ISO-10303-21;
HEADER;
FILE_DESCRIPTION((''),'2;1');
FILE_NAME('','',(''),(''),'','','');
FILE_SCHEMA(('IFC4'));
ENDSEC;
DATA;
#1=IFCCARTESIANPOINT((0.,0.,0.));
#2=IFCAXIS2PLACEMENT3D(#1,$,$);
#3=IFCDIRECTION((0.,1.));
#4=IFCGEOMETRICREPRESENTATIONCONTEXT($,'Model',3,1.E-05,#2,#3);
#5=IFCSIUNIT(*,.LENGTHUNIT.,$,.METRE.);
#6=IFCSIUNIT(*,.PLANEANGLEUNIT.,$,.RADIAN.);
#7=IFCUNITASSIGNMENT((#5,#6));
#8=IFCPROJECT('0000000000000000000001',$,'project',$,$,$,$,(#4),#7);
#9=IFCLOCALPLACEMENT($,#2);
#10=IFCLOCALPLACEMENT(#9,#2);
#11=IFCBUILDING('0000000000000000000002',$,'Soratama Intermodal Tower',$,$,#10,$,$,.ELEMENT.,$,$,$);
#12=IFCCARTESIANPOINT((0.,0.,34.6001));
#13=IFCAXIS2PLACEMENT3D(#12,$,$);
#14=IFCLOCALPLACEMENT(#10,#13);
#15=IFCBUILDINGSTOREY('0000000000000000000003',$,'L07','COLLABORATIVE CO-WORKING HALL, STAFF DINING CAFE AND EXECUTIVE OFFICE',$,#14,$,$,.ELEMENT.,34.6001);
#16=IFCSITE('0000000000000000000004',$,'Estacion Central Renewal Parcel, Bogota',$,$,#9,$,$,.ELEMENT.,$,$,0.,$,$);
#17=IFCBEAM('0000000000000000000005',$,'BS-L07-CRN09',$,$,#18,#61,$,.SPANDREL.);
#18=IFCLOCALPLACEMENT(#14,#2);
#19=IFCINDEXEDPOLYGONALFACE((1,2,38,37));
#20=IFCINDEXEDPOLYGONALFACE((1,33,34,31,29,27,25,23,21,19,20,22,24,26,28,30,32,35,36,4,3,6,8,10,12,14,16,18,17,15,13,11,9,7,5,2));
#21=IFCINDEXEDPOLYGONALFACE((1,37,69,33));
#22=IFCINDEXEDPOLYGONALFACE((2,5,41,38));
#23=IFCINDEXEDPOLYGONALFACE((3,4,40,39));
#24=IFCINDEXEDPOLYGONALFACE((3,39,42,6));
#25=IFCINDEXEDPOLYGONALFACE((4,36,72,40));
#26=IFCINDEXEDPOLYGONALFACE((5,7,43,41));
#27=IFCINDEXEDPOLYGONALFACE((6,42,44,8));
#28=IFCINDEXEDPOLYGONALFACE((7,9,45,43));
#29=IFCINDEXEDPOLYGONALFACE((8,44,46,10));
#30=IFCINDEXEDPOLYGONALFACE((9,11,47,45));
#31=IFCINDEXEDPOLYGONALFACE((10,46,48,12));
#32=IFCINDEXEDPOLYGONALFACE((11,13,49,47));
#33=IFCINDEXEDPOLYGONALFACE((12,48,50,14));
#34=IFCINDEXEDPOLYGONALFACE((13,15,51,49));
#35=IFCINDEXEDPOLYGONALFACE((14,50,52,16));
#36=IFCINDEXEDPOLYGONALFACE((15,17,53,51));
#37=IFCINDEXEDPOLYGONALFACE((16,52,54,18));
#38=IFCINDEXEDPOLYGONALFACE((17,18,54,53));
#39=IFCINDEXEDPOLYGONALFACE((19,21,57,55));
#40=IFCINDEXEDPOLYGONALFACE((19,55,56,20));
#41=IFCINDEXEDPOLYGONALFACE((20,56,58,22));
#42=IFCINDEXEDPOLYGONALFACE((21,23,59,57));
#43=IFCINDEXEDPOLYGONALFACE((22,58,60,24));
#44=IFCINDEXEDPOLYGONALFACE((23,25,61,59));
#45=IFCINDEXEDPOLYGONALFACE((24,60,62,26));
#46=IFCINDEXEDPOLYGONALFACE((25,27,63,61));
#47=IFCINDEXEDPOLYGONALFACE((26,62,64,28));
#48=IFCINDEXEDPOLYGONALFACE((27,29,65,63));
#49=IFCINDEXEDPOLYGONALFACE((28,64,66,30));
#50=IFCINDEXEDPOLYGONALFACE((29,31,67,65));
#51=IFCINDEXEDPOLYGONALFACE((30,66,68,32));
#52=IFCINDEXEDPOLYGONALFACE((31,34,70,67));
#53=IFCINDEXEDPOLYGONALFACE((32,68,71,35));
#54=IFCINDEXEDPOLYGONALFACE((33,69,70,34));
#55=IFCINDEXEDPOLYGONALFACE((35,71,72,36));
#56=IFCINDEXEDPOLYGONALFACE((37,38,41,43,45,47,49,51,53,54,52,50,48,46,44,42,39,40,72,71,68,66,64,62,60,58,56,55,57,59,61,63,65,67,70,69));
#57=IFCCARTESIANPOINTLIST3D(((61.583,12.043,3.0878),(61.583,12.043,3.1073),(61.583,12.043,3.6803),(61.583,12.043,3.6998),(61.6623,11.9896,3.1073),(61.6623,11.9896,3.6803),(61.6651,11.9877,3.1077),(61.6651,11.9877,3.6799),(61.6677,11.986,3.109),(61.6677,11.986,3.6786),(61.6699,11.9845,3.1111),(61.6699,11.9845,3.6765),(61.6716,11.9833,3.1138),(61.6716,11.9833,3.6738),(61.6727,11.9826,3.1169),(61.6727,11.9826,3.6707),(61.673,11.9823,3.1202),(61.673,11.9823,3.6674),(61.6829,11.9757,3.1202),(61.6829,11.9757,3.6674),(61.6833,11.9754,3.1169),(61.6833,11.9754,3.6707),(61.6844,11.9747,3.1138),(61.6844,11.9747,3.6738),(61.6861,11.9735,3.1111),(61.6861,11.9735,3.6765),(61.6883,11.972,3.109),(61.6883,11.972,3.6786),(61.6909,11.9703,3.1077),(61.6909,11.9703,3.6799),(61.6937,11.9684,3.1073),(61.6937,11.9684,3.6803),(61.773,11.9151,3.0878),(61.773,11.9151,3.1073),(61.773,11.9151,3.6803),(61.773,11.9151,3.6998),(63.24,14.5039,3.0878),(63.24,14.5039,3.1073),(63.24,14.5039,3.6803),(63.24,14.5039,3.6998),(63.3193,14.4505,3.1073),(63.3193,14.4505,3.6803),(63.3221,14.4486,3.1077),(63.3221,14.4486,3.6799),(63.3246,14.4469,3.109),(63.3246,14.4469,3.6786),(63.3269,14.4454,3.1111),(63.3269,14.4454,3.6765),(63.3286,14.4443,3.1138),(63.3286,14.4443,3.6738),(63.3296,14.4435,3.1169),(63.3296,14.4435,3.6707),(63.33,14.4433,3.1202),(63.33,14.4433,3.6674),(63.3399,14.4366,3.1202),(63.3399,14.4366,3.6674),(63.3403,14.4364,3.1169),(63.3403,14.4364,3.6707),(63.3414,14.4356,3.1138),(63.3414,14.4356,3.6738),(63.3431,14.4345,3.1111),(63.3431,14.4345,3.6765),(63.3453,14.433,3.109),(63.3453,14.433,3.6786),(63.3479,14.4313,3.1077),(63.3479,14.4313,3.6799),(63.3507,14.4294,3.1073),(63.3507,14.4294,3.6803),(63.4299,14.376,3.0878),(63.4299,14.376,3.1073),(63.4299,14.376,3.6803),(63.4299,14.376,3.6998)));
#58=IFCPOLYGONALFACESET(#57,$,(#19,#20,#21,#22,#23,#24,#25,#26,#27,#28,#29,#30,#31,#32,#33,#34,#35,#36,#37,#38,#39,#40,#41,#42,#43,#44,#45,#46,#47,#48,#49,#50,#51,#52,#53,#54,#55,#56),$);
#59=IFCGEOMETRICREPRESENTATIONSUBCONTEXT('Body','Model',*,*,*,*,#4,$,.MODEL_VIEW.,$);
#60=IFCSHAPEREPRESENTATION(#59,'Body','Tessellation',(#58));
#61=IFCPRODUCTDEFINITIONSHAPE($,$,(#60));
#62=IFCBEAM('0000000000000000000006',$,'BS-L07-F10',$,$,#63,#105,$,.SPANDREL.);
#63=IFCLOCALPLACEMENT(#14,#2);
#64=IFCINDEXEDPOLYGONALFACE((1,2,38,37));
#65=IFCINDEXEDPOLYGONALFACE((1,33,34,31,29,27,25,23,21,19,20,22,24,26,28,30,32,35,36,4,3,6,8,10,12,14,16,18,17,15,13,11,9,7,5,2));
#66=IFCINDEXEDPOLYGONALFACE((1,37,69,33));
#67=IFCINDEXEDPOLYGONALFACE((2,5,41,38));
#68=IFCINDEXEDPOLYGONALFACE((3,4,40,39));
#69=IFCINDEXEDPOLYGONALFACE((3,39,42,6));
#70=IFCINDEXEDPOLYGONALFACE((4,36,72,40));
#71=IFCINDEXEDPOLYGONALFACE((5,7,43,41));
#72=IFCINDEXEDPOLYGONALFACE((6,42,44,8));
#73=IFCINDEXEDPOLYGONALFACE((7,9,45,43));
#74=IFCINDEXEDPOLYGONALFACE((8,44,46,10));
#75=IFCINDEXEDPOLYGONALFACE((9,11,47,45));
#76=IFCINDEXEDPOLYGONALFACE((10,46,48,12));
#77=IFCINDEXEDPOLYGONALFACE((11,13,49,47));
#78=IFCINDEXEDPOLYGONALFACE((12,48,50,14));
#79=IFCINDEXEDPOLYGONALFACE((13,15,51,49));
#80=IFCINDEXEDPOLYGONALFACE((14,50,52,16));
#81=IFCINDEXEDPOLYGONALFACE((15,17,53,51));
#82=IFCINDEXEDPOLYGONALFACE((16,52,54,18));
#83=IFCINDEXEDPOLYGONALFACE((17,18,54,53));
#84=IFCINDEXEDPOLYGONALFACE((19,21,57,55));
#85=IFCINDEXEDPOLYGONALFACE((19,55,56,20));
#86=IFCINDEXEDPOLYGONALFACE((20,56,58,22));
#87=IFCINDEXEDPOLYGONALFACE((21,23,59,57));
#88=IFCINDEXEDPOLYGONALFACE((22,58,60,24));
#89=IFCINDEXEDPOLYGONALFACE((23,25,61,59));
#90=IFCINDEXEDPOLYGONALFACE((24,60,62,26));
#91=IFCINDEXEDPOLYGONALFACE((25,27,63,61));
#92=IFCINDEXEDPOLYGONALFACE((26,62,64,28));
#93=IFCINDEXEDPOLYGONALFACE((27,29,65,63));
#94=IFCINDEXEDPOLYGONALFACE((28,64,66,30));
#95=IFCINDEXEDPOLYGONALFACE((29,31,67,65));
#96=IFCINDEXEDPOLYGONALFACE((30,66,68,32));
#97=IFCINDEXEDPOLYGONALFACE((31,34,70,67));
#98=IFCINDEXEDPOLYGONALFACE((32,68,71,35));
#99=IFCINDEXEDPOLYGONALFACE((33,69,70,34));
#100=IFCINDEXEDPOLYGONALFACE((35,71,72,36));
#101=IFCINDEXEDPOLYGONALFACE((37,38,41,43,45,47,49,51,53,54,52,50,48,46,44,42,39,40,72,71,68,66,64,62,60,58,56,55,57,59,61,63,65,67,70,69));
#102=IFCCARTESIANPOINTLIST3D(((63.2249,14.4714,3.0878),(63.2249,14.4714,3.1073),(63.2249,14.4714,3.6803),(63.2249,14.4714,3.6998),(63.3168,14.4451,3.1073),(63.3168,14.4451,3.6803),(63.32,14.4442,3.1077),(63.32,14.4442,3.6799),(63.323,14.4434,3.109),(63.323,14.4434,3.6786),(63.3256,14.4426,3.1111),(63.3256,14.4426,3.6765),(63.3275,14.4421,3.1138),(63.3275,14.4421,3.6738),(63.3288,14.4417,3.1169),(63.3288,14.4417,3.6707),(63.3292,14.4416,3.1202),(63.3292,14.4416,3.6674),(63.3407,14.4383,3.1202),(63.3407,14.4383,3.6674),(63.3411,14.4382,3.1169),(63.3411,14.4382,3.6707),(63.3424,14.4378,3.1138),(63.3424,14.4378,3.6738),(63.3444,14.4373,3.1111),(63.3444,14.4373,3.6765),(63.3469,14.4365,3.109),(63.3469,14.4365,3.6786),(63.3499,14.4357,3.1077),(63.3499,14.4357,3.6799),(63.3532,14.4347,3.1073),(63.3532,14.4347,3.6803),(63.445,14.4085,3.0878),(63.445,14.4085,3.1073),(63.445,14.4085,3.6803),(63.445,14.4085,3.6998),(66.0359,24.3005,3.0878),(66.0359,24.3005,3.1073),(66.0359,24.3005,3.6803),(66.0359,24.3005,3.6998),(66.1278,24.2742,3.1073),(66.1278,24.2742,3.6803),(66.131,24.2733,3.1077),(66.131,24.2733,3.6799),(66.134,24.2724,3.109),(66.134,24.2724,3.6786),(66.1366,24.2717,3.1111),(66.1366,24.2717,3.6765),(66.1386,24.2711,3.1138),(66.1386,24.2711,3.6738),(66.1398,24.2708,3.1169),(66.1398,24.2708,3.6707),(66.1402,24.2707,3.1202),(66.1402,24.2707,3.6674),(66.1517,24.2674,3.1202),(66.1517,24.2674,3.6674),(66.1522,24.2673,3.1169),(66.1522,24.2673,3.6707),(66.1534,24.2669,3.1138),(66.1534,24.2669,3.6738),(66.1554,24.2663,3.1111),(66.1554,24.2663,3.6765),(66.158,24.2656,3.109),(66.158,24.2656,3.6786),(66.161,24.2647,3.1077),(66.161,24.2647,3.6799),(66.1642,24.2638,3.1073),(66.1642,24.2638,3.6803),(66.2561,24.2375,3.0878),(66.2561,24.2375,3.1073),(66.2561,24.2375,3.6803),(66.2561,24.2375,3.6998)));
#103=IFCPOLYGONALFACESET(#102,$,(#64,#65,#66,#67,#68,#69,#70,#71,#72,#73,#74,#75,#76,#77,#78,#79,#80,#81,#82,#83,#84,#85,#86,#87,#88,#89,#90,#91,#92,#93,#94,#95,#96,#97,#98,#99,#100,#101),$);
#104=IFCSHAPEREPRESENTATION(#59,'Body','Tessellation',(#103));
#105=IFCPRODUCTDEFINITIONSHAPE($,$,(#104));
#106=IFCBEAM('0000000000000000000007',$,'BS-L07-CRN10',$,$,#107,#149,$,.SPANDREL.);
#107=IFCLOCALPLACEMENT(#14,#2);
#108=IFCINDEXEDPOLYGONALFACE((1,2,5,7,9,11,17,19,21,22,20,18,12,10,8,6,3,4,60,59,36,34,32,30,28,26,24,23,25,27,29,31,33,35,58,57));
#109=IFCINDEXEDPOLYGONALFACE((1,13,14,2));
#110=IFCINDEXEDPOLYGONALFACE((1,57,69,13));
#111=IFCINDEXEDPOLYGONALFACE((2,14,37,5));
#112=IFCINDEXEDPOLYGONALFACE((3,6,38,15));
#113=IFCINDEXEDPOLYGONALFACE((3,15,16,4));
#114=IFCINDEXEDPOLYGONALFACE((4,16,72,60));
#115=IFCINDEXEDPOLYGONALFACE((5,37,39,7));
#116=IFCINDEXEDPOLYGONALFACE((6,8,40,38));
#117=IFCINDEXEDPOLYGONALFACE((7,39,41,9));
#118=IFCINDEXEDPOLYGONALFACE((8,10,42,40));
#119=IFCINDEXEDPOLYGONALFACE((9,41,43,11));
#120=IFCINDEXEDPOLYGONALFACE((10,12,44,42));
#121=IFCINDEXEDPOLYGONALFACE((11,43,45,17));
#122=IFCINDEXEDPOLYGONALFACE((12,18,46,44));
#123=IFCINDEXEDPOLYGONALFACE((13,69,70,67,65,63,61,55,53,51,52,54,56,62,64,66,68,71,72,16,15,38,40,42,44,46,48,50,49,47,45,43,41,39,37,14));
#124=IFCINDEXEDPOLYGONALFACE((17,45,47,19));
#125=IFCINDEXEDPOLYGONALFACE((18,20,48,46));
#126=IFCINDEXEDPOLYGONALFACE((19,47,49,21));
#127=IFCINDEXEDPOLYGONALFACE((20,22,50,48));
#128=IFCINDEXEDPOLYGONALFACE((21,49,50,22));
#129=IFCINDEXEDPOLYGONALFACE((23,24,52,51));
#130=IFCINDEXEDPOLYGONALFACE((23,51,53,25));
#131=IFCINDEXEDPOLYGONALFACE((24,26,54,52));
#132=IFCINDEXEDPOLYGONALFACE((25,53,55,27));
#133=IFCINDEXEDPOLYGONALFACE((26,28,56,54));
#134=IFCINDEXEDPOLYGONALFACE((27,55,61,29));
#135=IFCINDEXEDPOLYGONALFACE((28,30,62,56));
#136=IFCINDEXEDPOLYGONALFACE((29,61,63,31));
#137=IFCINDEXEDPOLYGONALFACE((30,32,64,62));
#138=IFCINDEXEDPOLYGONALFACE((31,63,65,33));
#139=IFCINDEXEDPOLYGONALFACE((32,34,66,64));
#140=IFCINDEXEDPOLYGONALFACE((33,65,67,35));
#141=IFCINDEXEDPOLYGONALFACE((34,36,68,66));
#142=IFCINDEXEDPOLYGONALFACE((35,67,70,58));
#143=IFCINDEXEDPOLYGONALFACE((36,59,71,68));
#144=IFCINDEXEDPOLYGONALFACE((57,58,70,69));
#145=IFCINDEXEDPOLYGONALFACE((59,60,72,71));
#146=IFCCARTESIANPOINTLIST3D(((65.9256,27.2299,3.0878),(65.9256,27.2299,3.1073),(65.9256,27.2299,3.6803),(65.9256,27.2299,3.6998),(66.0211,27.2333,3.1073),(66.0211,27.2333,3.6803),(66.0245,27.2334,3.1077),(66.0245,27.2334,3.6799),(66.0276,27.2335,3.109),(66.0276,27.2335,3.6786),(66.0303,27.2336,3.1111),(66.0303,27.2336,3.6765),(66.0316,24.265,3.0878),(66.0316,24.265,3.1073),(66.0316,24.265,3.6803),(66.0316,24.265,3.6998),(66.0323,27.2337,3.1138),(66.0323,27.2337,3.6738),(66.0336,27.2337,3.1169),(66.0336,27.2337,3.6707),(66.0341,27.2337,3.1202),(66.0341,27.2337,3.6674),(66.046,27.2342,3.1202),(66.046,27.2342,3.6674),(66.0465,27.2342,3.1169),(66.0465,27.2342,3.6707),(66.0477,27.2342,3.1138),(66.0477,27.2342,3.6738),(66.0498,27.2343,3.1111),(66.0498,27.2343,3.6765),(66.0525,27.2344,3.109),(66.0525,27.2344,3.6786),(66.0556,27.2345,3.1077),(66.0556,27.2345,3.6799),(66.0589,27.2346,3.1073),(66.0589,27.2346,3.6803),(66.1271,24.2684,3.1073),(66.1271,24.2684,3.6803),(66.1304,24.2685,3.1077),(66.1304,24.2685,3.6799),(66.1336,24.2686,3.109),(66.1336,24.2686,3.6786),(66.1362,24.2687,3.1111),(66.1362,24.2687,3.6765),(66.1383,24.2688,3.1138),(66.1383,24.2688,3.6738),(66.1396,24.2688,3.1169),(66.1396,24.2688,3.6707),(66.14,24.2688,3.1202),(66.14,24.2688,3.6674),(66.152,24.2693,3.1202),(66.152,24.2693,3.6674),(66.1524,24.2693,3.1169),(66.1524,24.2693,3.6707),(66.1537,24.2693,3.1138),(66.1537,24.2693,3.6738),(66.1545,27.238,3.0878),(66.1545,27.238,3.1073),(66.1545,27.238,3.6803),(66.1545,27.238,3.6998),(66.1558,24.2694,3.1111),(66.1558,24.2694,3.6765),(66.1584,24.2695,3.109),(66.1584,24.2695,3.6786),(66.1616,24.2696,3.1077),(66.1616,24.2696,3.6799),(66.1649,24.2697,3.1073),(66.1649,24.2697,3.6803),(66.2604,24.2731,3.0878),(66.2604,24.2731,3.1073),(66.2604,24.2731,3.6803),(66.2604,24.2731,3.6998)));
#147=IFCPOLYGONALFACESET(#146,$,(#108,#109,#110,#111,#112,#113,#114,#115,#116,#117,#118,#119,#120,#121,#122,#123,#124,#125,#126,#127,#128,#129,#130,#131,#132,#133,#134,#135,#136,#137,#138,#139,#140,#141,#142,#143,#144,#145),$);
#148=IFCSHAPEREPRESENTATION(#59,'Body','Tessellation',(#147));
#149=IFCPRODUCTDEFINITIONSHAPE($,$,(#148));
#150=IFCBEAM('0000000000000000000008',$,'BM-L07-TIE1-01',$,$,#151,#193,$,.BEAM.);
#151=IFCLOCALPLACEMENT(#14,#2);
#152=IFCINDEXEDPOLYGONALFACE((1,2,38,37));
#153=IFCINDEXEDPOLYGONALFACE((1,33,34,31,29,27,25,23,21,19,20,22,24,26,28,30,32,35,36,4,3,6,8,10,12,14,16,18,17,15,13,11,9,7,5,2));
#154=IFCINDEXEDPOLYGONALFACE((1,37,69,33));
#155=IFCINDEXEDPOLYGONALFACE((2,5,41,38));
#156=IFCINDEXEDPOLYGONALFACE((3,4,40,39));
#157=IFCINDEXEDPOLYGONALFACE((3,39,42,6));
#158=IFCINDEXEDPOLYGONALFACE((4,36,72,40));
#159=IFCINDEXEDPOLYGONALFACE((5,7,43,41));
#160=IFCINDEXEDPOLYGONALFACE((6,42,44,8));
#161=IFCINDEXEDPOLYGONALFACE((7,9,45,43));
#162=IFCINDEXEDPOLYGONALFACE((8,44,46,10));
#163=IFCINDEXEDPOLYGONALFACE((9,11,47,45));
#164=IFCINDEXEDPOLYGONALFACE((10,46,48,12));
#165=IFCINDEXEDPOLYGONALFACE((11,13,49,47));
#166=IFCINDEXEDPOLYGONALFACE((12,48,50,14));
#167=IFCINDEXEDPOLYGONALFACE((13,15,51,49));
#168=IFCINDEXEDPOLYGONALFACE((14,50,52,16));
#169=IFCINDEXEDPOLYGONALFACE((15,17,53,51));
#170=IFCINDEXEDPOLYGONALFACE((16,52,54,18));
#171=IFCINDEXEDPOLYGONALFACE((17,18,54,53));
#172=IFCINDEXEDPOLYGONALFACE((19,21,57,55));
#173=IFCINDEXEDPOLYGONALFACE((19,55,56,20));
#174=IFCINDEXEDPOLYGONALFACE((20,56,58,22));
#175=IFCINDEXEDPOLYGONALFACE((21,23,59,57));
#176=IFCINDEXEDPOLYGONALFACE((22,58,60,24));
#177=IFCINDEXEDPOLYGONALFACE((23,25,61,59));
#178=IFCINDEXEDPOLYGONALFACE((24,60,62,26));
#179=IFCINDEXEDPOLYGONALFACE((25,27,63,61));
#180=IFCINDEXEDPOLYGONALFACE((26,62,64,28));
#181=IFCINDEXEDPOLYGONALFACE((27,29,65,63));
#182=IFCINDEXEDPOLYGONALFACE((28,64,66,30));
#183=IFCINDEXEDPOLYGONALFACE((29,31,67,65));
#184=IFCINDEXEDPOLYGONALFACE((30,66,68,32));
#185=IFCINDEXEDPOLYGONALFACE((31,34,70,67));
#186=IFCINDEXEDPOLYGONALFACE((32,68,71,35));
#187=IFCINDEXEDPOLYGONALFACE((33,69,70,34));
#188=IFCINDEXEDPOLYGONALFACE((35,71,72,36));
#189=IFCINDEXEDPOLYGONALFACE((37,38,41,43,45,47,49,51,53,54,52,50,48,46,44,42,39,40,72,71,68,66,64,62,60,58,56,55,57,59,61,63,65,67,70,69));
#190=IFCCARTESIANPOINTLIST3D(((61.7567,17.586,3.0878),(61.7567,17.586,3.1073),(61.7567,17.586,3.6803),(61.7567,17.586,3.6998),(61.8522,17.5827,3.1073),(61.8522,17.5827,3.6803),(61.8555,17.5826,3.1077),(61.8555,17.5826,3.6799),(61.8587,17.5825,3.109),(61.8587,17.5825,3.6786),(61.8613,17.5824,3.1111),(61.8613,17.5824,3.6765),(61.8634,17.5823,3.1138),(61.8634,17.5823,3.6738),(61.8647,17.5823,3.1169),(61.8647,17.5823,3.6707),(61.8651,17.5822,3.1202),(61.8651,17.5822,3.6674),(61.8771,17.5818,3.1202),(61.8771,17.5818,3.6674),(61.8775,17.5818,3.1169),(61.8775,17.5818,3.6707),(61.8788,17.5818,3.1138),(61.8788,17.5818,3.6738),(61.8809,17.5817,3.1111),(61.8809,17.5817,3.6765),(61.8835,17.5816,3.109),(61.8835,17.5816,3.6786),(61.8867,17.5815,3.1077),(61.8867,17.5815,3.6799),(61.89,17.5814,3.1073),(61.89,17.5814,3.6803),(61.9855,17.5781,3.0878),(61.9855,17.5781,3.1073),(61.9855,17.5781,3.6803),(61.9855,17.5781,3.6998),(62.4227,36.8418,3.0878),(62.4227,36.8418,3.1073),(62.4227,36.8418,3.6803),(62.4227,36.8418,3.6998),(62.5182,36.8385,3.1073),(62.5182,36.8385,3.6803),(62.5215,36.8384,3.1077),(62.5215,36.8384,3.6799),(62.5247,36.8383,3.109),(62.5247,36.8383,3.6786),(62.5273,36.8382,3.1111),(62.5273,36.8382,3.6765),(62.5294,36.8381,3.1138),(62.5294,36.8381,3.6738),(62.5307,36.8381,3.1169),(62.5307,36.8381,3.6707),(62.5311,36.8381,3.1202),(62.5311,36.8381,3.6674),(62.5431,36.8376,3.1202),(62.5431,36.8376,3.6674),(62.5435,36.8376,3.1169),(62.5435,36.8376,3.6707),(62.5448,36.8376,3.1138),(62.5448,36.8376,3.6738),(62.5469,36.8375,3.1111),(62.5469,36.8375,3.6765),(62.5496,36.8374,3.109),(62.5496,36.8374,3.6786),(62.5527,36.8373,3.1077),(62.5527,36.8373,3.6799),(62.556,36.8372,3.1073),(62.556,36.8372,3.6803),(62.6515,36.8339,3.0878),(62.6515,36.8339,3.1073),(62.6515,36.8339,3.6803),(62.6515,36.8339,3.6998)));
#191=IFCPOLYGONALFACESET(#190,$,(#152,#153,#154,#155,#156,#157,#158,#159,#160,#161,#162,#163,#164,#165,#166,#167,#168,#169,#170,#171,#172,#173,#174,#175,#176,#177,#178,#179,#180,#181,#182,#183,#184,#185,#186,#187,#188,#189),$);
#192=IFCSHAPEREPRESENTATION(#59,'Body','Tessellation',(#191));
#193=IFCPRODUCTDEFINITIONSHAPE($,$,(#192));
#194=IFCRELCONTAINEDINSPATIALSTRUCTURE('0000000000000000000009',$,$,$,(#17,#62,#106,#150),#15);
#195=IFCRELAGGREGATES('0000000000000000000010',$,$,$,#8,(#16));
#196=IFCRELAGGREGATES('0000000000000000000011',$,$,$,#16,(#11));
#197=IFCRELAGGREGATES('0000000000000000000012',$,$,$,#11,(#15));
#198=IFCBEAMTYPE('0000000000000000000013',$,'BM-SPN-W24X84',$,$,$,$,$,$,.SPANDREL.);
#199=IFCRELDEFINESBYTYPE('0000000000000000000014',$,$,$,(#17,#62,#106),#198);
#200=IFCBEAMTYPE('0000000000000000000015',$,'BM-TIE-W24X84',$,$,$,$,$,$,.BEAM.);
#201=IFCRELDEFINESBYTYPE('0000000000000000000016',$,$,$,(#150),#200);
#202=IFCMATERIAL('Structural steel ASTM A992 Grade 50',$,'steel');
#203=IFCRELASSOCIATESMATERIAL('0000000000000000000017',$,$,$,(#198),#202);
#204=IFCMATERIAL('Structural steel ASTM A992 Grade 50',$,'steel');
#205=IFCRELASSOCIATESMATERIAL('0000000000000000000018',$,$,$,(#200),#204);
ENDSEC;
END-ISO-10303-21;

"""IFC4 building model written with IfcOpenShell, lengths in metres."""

from ifc_helpers import new_model, si_unit, direction, frame, origin, origin_2d, place, context, subcontext, project, spatial, i_section, extrude, material, material_profile, profile_set, type_object, element, save


model = new_model("IFC4")

# Units and contexts
model_context = context("Model", 3, precision=1e-05, world=origin(), true_north=direction((0.0, 1.0)))
body_context = subcontext(model_context, "Body", "Model", "MODEL_VIEW")
ifc_project = project(units=[si_unit("LENGTHUNIT", "METRE"), si_unit("PLANEANGLEUNIT", "RADIAN")], contexts=[model_context])

# Site, building, storey
site_placement = place(None, origin())
site = spatial("IfcSite", under=ifc_project, at=site_placement, Name="Estacion Central Renewal Parcel, Bogota", CompositionType="ELEMENT", RefElevation=0.0)
building_placement = place(site_placement, origin())
building = spatial("IfcBuilding", under=site, at=building_placement, Name="Soratama Intermodal Tower", CompositionType="ELEMENT")
storey_placement = place(building_placement, frame((0.0, 0.0, 34.6001)))
storey = spatial("IfcBuildingStorey", under=building, at=storey_placement, Name="L07", Description="COLLABORATIVE CO-WORKING HALL, STAFF DINING CAFE AND EXECUTIVE OFFICE", CompositionType="ELEMENT", Elevation=34.6001)

# Beams
ifc_material_1 = material(Name="Structural steel ASTM A992 Grade 50", Category="steel")
ifc_material_profile_1 = material_profile(ifc_material_1, i_section(OverallWidth=0.229, OverallDepth=0.6121, WebThickness=0.012, FlangeThickness=0.0195, FilletRadius=0.0129, at=origin_2d()), Name="W24X84")
ifc_profile_set_1 = profile_set([ifc_material_profile_1], Name="Structural steel ASTM A992 Grade 50")
beam_type_1 = type_object("IfcBeamType", Name="BM-SPN-W24X84", PredefinedType="SPANDREL", material=ifc_profile_set_1)
beam_1_placement = place(storey_placement, frame((61.678, 11.979, 3.3938), z_axis=(0.558511, 0.829497, 0.0), x_axis=(-0.829497, 0.558511, 0.0)))
element("IfcBeam", 1, at=beam_1_placement, inside=storey, type_object=beam_type_1, Name="BS-L07-CRN09", PredefinedType="SPANDREL", context=body_context, shape_type="SweptSolid", body=[
    extrude(i_section(OverallWidth=0.229, OverallDepth=0.6121, WebThickness=0.012, FlangeThickness=0.0195, FilletRadius=0.0129, at=origin_2d()), origin(), (0.0, 0.0, 1.0), 2.9668),
])
beam_2_placement = place(storey_placement, frame((63.335, 14.4399, 3.3938), z_axis=(0.274967, 0.961454, 0.0), x_axis=(-0.961454, 0.274967, 0.0)))
element("IfcBeam", 2, at=beam_2_placement, inside=storey, type_object=beam_type_1, Name="BS-L07-F10", PredefinedType="SPANDREL", context=body_context, shape_type="SweptSolid", body=[
    extrude(i_section(OverallWidth=0.229, OverallDepth=0.6121, WebThickness=0.012, FlangeThickness=0.0195, FilletRadius=0.0129, at=origin_2d()), origin(), (0.0, 0.0, 1.0), 10.2231),
])
beam_3_placement = place(storey_placement, frame((66.146, 24.269, 3.3938), z_axis=(-0.035715, 0.999362, 0.0), x_axis=(-0.999362, -0.035715, 0.0)))
element("IfcBeam", 3, at=beam_3_placement, inside=storey, type_object=beam_type_1, Name="BS-L07-CRN10", PredefinedType="SPANDREL", context=body_context, shape_type="SweptSolid", body=[
    extrude(i_section(OverallWidth=0.229, OverallDepth=0.6121, WebThickness=0.012, FlangeThickness=0.0195, FilletRadius=0.0129, at=origin_2d()), origin(), (0.0, 0.0, 1.0), 2.9668),
])
ifc_material_2 = material(Name="Structural steel ASTM A992 Grade 50", Category="steel")
ifc_material_profile_2 = material_profile(ifc_material_2, i_section(OverallWidth=0.229, OverallDepth=0.6121, WebThickness=0.012, FlangeThickness=0.0195, FilletRadius=0.0129, at=origin_2d()), Name="W24X84")
ifc_profile_set_2 = profile_set([ifc_material_profile_2], Name="Structural steel ASTM A992 Grade 50")
beam_type_2 = type_object("IfcBeamType", Name="BM-TIE-W24X84", PredefinedType="BEAM", material=ifc_profile_set_2)
beam_4_placement = place(storey_placement, frame((61.8711, 17.582, 3.3938), z_axis=(0.034567, 0.999402, 0.0), x_axis=(-0.999402, 0.034567, 0.0)))
element("IfcBeam", 4, at=beam_4_placement, inside=storey, type_object=beam_type_2, Name="BM-L07-TIE1-01", PredefinedType="BEAM", context=body_context, shape_type="SweptSolid", body=[
    extrude(i_section(OverallWidth=0.229, OverallDepth=0.6121, WebThickness=0.012, FlangeThickness=0.0195, FilletRadius=0.0129, at=origin_2d()), origin(), (0.0, 0.0, 1.0), 19.2673),
])

save(model, "model.ifc")
